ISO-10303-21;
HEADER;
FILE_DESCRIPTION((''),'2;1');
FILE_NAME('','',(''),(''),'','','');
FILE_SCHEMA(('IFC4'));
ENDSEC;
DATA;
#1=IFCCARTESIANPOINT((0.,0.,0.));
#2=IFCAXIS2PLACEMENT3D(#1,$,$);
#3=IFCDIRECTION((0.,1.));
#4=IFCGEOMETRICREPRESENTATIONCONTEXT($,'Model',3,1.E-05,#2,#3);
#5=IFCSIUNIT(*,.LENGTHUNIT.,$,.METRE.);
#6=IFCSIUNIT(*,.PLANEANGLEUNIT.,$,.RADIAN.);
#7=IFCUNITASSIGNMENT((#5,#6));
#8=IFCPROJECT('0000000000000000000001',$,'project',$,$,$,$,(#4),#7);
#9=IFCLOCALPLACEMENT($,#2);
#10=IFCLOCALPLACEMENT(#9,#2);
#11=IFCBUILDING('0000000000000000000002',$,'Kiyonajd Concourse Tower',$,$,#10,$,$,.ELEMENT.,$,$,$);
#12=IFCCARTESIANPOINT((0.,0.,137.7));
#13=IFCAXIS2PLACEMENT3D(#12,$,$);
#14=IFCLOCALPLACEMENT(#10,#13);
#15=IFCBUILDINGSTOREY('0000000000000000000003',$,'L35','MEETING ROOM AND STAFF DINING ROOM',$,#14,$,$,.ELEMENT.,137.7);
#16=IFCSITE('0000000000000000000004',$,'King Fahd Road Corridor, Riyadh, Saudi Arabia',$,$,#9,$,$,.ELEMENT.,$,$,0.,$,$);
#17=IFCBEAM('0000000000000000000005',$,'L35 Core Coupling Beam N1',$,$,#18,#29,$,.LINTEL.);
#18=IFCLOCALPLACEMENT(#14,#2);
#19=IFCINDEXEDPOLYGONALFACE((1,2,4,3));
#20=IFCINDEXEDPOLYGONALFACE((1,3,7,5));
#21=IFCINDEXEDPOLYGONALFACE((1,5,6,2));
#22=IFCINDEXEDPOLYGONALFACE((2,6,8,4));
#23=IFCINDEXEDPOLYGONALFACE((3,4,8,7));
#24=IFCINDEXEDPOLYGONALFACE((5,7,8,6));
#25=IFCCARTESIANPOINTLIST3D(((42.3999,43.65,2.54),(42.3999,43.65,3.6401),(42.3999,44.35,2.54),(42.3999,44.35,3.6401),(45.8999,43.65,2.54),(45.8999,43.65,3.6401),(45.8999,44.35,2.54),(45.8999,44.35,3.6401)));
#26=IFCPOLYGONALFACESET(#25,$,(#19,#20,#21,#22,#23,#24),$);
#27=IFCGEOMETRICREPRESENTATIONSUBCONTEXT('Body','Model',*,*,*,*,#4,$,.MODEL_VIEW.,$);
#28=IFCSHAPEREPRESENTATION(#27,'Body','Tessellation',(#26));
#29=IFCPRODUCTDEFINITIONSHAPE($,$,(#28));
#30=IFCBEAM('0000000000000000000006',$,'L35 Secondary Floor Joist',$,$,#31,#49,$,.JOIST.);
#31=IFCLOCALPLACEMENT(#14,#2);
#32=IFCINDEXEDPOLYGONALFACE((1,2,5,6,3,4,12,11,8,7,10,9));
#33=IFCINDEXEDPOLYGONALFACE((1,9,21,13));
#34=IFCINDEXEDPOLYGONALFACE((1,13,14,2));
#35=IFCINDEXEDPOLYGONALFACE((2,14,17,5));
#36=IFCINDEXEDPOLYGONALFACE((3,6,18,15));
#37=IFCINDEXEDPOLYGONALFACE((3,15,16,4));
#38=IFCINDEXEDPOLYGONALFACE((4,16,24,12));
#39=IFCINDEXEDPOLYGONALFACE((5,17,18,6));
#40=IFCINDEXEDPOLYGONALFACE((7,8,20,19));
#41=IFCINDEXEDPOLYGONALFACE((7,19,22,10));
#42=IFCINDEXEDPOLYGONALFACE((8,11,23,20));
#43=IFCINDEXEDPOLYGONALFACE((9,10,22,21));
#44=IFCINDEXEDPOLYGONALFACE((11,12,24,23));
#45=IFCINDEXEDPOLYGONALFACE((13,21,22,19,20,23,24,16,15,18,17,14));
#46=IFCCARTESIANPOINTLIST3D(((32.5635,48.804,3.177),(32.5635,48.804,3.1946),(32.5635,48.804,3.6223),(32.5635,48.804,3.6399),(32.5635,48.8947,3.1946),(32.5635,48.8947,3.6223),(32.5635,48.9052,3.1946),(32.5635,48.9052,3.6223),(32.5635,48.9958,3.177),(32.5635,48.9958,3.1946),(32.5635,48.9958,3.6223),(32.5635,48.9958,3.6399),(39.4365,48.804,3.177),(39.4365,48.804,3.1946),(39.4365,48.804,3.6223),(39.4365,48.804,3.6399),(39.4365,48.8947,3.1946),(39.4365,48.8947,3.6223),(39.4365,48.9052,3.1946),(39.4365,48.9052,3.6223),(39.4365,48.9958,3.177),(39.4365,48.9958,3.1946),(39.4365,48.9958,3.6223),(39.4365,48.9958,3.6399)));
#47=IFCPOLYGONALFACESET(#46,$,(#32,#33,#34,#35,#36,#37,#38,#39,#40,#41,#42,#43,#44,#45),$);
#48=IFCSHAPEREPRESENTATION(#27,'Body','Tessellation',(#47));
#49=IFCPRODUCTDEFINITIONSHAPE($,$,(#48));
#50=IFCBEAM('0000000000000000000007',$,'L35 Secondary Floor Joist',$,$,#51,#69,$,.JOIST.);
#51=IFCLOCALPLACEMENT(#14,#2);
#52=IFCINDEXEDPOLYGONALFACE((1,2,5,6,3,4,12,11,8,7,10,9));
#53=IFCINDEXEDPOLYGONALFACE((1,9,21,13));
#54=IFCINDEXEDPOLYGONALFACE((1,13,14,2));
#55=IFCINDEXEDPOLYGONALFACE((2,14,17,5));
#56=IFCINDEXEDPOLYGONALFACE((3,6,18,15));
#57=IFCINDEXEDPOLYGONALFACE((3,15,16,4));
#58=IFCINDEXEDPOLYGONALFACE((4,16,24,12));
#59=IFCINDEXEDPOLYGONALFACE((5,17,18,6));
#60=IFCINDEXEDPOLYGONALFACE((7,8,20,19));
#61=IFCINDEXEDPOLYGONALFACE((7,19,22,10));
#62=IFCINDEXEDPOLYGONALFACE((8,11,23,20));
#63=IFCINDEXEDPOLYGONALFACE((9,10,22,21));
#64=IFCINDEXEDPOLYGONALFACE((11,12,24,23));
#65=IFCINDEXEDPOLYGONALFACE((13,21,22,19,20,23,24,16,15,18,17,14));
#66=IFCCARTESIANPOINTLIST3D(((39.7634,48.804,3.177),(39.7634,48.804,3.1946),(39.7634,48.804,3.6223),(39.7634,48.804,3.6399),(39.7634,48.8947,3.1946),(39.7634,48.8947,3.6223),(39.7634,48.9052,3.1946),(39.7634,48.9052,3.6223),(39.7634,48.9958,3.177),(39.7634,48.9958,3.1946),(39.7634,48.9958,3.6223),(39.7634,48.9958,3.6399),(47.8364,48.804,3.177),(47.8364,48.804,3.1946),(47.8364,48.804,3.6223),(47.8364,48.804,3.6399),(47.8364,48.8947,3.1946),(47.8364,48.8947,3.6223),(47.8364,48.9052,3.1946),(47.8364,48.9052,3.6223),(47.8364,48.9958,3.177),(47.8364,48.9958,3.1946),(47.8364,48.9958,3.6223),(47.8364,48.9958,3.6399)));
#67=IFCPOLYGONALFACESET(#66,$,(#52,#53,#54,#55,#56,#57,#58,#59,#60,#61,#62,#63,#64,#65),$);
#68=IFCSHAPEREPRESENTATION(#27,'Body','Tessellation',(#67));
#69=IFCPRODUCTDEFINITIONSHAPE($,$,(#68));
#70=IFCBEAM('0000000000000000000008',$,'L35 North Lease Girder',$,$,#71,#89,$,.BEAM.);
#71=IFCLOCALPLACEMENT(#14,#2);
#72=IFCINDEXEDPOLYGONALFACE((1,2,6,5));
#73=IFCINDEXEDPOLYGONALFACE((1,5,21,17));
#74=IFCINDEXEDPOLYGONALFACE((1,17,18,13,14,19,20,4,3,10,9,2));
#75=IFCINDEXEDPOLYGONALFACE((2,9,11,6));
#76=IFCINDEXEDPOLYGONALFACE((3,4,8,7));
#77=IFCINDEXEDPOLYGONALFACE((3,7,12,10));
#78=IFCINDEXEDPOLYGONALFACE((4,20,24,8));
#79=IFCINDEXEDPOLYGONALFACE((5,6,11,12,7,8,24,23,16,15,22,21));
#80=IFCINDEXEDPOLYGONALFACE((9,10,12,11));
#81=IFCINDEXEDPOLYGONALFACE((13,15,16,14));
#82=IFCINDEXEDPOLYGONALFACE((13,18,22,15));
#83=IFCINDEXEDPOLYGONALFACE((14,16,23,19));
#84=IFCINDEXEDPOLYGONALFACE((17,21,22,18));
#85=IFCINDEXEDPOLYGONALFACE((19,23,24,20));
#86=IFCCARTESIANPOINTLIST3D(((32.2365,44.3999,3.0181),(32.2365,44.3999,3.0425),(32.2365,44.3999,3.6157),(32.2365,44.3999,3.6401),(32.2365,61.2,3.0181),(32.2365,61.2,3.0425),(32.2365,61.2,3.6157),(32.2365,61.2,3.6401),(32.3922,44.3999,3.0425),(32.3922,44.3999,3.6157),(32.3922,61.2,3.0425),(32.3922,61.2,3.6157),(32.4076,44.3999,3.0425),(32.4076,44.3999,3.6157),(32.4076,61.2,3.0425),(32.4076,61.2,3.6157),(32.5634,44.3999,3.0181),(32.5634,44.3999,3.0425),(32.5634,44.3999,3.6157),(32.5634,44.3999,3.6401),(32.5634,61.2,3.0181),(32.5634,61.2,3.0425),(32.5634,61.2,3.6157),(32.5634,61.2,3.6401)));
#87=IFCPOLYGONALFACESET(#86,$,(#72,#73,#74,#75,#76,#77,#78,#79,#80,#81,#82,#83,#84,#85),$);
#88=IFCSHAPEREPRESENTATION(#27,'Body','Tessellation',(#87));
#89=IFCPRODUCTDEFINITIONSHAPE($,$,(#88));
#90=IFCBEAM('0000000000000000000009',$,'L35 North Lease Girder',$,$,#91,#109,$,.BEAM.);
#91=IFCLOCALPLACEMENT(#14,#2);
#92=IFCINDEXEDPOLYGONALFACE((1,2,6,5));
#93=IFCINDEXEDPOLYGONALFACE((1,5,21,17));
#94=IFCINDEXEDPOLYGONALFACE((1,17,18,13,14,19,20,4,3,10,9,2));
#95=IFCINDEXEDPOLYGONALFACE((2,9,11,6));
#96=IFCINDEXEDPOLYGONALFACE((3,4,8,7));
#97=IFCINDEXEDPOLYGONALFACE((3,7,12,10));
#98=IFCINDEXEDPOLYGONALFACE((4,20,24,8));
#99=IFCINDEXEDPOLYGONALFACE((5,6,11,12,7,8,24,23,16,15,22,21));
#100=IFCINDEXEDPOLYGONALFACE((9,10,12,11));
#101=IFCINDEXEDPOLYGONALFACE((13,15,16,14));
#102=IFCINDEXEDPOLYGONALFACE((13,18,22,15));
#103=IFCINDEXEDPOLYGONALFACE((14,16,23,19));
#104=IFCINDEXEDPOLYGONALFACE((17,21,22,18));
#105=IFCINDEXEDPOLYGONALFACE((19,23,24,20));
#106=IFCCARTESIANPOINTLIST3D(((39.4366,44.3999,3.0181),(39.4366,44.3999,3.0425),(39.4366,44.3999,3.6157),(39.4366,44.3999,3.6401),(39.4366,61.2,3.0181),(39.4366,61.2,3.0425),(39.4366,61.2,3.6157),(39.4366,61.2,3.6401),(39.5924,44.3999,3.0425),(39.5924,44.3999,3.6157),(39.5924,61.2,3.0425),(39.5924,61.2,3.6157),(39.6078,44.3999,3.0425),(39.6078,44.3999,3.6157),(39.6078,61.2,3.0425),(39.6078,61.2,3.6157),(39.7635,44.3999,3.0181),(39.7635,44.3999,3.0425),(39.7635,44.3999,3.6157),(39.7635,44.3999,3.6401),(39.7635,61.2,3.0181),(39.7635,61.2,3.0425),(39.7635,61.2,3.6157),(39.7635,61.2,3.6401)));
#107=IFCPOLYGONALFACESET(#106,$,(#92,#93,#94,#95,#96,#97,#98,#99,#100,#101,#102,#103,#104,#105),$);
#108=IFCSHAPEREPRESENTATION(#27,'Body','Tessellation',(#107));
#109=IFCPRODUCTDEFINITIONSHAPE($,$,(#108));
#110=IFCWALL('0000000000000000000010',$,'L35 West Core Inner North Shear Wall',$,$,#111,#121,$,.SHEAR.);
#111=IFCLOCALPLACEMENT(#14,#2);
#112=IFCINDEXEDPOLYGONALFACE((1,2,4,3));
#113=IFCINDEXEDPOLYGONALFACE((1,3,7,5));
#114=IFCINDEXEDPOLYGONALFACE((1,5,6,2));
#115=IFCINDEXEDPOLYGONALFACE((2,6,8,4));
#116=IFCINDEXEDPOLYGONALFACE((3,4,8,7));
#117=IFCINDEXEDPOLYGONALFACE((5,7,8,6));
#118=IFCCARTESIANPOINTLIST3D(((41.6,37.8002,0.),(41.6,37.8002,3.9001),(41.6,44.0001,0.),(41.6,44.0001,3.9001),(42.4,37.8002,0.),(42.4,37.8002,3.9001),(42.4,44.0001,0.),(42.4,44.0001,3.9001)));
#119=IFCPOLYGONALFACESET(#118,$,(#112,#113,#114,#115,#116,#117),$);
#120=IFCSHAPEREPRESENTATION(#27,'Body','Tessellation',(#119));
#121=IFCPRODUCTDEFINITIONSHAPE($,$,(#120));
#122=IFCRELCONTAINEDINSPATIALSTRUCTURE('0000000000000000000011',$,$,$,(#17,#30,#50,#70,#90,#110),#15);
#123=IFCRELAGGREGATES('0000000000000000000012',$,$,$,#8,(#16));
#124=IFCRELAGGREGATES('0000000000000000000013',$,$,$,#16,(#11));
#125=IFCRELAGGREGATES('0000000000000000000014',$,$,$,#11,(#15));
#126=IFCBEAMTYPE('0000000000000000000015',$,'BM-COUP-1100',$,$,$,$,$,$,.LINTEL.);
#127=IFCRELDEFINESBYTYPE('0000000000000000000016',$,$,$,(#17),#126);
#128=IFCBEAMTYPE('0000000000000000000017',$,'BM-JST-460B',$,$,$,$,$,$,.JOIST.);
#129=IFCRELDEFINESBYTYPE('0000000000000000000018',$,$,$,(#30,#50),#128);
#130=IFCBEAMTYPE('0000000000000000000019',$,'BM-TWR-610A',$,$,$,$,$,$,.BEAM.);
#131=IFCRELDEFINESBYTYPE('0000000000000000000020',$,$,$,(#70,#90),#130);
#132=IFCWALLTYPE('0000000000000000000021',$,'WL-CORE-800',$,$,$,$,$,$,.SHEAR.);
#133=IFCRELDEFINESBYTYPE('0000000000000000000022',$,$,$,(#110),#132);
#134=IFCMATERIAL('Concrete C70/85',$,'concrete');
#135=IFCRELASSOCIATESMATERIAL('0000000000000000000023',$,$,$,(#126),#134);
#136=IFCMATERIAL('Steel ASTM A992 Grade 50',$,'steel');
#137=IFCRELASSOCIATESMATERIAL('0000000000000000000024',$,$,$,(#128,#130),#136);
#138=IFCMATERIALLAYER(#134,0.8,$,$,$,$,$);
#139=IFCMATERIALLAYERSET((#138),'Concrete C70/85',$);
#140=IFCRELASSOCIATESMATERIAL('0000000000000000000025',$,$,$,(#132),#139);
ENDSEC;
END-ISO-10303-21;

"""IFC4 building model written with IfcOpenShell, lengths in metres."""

from ifc_helpers import new_model, si_unit, direction, frame, frame_2d, origin, origin_2d, place, context, subcontext, project, spatial, rectangle, i_section, extrude, material, layer, layer_set, material_profile, profile_set, type_object, element, save


model = new_model("IFC4")

# Units and contexts
model_context = context("Model", 3, precision=1e-05, world=origin(), true_north=direction((0.0, 1.0)))
body_context = subcontext(model_context, "Body", "Model", "MODEL_VIEW")
ifc_project = project(units=[si_unit("LENGTHUNIT", "METRE"), si_unit("PLANEANGLEUNIT", "RADIAN")], contexts=[model_context])

# Site, building, storey
site_placement = place(None, origin())
site = spatial("IfcSite", under=ifc_project, at=site_placement, Name="King Fahd Road Corridor, Riyadh, Saudi Arabia", CompositionType="ELEMENT", RefElevation=0.0)
building_placement = place(site_placement, origin())
building = spatial("IfcBuilding", under=site, at=building_placement, Name="Kiyonajd Concourse Tower", CompositionType="ELEMENT")
storey_placement = place(building_placement, frame((0.0, 0.0, 137.7)))
storey = spatial("IfcBuildingStorey", under=building, at=storey_placement, Name="L35", Description="MEETING ROOM AND STAFF DINING ROOM", CompositionType="ELEMENT", Elevation=137.7)

# Beams
ifc_material_1 = material(Name="Concrete C70/85", Category="concrete")
ifc_material_profile_1 = material_profile(ifc_material_1, rectangle(XDim=0.7, YDim=1.1001, at=origin_2d()), Name="RCBM-700x1100")
ifc_profile_set_1 = profile_set([ifc_material_profile_1], Name="Concrete C70/85")
beam_type_1 = type_object("IfcBeamType", Name="BM-COUP-1100", PredefinedType="LINTEL", material=ifc_profile_set_1)
beam_1_placement = place(storey_placement, frame((42.3999, 44.0, 3.0901), z_axis=(1.0, 0.0, 0.0), x_axis=(0.0, 1.0, 0.0)))
element("IfcBeam", 1, at=beam_1_placement, inside=storey, type_object=beam_type_1, Name="L35 Core Coupling Beam N1", PredefinedType="LINTEL", context=body_context, shape_type="SweptSolid", body=[
    extrude(rectangle(XDim=0.7, YDim=1.1001, at=origin_2d()), origin(), (0.0, 0.0, 1.0), 3.5),
])
ifc_material_2 = material(Name="Steel ASTM A992 Grade 50", Category="steel")
ifc_material_profile_2 = material_profile(ifc_material_2, i_section(OverallWidth=0.1919, OverallDepth=0.4629, WebThickness=0.0105, FlangeThickness=0.0176, at=origin_2d()), Name="W460X89")
ifc_profile_set_2 = profile_set([ifc_material_profile_2], Name="Steel ASTM A992 Grade 50")
beam_type_2 = type_object("IfcBeamType", Name="BM-JST-460B", PredefinedType="JOIST", material=ifc_profile_set_2)
beam_2_placement = place(storey_placement, frame((32.5635, 48.8999, 3.4084), z_axis=(1.0, 0.0, 0.0), x_axis=(0.0, 1.0, 0.0)))
element("IfcBeam", 2, at=beam_2_placement, inside=storey, type_object=beam_type_2, Name="L35 Secondary Floor Joist", PredefinedType="JOIST", context=body_context, shape_type="SweptSolid", body=[
    extrude(i_section(OverallWidth=0.1919, OverallDepth=0.4629, WebThickness=0.0105, FlangeThickness=0.0176, at=origin_2d()), origin(), (0.0, 0.0, 1.0), 6.873),
])
beam_3_placement = place(storey_placement, frame((39.7634, 48.8999, 3.4084), z_axis=(1.0, 0.0, 0.0), x_axis=(0.0, 1.0, 0.0)))
element("IfcBeam", 3, at=beam_3_placement, inside=storey, type_object=beam_type_2, Name="L35 Secondary Floor Joist", PredefinedType="JOIST", context=body_context, shape_type="SweptSolid", body=[
    extrude(i_section(OverallWidth=0.1919, OverallDepth=0.4629, WebThickness=0.0105, FlangeThickness=0.0176, at=origin_2d()), origin(), (0.0, 0.0, 1.0), 8.073),
])
ifc_material_profile_3 = material_profile(ifc_material_2, i_section(OverallWidth=0.3269, OverallDepth=0.6221, WebThickness=0.0154, FlangeThickness=0.0244, at=origin_2d()), Name="W610X195")
ifc_profile_set_3 = profile_set([ifc_material_profile_3], Name="Steel ASTM A992 Grade 50")
beam_type_3 = type_object("IfcBeamType", Name="BM-TWR-610A", PredefinedType="BEAM", material=ifc_profile_set_3)
for number, where, z_axis, x_axis, name in (
    (4, (32.3999, 44.3999, 3.3291), (0.0, 1.0, 0.0), (-1.0, 0.0, 0.0), "L35 North Lease Girder"),
    (5, (39.6001, 44.3999, 3.3291), (0.0, 1.0, 0.0), (-1.0, 0.0, 0.0), "L35 North Lease Girder"),
):
    element("IfcBeam", number, at=place(storey_placement, frame(where, z_axis=z_axis, x_axis=x_axis)), inside=storey, type_object=beam_type_3, Name=name, PredefinedType="BEAM", context=body_context, shape_type="SweptSolid", body=[
        extrude(i_section(OverallWidth=0.3269, OverallDepth=0.6221, WebThickness=0.0154, FlangeThickness=0.0244, at=origin_2d()), origin(), (0.0, 0.0, 1.0), 16.8),
    ])

# Wall
ifc_layer_1 = layer(ifc_material_1, 0.8)
ifc_layer_set_1 = layer_set([ifc_layer_1], Name="Concrete C70/85")
wall_type_1 = type_object("IfcWallType", Name="WL-CORE-800", PredefinedType="SHEAR", material=ifc_layer_set_1)
wall_1_placement = place(storey_placement, frame((42.0, 37.8, 0.0), z_axis=(0.0, 0.0, 1.0), x_axis=(0.0, 1.0, 0.0)))
element("IfcWall", 6, at=wall_1_placement, inside=storey, type_object=wall_type_1, Name="L35 West Core Inner North Shear Wall", PredefinedType="SHEAR", context=body_context, shape_type="SweptSolid", body=[
    extrude(rectangle(XDim=6.2, YDim=0.8, at=frame_2d((3.1001, 0.0))), origin(), (0.0, 0.0, 1.0), 3.9001),
])

save(model, "model.ifc")
